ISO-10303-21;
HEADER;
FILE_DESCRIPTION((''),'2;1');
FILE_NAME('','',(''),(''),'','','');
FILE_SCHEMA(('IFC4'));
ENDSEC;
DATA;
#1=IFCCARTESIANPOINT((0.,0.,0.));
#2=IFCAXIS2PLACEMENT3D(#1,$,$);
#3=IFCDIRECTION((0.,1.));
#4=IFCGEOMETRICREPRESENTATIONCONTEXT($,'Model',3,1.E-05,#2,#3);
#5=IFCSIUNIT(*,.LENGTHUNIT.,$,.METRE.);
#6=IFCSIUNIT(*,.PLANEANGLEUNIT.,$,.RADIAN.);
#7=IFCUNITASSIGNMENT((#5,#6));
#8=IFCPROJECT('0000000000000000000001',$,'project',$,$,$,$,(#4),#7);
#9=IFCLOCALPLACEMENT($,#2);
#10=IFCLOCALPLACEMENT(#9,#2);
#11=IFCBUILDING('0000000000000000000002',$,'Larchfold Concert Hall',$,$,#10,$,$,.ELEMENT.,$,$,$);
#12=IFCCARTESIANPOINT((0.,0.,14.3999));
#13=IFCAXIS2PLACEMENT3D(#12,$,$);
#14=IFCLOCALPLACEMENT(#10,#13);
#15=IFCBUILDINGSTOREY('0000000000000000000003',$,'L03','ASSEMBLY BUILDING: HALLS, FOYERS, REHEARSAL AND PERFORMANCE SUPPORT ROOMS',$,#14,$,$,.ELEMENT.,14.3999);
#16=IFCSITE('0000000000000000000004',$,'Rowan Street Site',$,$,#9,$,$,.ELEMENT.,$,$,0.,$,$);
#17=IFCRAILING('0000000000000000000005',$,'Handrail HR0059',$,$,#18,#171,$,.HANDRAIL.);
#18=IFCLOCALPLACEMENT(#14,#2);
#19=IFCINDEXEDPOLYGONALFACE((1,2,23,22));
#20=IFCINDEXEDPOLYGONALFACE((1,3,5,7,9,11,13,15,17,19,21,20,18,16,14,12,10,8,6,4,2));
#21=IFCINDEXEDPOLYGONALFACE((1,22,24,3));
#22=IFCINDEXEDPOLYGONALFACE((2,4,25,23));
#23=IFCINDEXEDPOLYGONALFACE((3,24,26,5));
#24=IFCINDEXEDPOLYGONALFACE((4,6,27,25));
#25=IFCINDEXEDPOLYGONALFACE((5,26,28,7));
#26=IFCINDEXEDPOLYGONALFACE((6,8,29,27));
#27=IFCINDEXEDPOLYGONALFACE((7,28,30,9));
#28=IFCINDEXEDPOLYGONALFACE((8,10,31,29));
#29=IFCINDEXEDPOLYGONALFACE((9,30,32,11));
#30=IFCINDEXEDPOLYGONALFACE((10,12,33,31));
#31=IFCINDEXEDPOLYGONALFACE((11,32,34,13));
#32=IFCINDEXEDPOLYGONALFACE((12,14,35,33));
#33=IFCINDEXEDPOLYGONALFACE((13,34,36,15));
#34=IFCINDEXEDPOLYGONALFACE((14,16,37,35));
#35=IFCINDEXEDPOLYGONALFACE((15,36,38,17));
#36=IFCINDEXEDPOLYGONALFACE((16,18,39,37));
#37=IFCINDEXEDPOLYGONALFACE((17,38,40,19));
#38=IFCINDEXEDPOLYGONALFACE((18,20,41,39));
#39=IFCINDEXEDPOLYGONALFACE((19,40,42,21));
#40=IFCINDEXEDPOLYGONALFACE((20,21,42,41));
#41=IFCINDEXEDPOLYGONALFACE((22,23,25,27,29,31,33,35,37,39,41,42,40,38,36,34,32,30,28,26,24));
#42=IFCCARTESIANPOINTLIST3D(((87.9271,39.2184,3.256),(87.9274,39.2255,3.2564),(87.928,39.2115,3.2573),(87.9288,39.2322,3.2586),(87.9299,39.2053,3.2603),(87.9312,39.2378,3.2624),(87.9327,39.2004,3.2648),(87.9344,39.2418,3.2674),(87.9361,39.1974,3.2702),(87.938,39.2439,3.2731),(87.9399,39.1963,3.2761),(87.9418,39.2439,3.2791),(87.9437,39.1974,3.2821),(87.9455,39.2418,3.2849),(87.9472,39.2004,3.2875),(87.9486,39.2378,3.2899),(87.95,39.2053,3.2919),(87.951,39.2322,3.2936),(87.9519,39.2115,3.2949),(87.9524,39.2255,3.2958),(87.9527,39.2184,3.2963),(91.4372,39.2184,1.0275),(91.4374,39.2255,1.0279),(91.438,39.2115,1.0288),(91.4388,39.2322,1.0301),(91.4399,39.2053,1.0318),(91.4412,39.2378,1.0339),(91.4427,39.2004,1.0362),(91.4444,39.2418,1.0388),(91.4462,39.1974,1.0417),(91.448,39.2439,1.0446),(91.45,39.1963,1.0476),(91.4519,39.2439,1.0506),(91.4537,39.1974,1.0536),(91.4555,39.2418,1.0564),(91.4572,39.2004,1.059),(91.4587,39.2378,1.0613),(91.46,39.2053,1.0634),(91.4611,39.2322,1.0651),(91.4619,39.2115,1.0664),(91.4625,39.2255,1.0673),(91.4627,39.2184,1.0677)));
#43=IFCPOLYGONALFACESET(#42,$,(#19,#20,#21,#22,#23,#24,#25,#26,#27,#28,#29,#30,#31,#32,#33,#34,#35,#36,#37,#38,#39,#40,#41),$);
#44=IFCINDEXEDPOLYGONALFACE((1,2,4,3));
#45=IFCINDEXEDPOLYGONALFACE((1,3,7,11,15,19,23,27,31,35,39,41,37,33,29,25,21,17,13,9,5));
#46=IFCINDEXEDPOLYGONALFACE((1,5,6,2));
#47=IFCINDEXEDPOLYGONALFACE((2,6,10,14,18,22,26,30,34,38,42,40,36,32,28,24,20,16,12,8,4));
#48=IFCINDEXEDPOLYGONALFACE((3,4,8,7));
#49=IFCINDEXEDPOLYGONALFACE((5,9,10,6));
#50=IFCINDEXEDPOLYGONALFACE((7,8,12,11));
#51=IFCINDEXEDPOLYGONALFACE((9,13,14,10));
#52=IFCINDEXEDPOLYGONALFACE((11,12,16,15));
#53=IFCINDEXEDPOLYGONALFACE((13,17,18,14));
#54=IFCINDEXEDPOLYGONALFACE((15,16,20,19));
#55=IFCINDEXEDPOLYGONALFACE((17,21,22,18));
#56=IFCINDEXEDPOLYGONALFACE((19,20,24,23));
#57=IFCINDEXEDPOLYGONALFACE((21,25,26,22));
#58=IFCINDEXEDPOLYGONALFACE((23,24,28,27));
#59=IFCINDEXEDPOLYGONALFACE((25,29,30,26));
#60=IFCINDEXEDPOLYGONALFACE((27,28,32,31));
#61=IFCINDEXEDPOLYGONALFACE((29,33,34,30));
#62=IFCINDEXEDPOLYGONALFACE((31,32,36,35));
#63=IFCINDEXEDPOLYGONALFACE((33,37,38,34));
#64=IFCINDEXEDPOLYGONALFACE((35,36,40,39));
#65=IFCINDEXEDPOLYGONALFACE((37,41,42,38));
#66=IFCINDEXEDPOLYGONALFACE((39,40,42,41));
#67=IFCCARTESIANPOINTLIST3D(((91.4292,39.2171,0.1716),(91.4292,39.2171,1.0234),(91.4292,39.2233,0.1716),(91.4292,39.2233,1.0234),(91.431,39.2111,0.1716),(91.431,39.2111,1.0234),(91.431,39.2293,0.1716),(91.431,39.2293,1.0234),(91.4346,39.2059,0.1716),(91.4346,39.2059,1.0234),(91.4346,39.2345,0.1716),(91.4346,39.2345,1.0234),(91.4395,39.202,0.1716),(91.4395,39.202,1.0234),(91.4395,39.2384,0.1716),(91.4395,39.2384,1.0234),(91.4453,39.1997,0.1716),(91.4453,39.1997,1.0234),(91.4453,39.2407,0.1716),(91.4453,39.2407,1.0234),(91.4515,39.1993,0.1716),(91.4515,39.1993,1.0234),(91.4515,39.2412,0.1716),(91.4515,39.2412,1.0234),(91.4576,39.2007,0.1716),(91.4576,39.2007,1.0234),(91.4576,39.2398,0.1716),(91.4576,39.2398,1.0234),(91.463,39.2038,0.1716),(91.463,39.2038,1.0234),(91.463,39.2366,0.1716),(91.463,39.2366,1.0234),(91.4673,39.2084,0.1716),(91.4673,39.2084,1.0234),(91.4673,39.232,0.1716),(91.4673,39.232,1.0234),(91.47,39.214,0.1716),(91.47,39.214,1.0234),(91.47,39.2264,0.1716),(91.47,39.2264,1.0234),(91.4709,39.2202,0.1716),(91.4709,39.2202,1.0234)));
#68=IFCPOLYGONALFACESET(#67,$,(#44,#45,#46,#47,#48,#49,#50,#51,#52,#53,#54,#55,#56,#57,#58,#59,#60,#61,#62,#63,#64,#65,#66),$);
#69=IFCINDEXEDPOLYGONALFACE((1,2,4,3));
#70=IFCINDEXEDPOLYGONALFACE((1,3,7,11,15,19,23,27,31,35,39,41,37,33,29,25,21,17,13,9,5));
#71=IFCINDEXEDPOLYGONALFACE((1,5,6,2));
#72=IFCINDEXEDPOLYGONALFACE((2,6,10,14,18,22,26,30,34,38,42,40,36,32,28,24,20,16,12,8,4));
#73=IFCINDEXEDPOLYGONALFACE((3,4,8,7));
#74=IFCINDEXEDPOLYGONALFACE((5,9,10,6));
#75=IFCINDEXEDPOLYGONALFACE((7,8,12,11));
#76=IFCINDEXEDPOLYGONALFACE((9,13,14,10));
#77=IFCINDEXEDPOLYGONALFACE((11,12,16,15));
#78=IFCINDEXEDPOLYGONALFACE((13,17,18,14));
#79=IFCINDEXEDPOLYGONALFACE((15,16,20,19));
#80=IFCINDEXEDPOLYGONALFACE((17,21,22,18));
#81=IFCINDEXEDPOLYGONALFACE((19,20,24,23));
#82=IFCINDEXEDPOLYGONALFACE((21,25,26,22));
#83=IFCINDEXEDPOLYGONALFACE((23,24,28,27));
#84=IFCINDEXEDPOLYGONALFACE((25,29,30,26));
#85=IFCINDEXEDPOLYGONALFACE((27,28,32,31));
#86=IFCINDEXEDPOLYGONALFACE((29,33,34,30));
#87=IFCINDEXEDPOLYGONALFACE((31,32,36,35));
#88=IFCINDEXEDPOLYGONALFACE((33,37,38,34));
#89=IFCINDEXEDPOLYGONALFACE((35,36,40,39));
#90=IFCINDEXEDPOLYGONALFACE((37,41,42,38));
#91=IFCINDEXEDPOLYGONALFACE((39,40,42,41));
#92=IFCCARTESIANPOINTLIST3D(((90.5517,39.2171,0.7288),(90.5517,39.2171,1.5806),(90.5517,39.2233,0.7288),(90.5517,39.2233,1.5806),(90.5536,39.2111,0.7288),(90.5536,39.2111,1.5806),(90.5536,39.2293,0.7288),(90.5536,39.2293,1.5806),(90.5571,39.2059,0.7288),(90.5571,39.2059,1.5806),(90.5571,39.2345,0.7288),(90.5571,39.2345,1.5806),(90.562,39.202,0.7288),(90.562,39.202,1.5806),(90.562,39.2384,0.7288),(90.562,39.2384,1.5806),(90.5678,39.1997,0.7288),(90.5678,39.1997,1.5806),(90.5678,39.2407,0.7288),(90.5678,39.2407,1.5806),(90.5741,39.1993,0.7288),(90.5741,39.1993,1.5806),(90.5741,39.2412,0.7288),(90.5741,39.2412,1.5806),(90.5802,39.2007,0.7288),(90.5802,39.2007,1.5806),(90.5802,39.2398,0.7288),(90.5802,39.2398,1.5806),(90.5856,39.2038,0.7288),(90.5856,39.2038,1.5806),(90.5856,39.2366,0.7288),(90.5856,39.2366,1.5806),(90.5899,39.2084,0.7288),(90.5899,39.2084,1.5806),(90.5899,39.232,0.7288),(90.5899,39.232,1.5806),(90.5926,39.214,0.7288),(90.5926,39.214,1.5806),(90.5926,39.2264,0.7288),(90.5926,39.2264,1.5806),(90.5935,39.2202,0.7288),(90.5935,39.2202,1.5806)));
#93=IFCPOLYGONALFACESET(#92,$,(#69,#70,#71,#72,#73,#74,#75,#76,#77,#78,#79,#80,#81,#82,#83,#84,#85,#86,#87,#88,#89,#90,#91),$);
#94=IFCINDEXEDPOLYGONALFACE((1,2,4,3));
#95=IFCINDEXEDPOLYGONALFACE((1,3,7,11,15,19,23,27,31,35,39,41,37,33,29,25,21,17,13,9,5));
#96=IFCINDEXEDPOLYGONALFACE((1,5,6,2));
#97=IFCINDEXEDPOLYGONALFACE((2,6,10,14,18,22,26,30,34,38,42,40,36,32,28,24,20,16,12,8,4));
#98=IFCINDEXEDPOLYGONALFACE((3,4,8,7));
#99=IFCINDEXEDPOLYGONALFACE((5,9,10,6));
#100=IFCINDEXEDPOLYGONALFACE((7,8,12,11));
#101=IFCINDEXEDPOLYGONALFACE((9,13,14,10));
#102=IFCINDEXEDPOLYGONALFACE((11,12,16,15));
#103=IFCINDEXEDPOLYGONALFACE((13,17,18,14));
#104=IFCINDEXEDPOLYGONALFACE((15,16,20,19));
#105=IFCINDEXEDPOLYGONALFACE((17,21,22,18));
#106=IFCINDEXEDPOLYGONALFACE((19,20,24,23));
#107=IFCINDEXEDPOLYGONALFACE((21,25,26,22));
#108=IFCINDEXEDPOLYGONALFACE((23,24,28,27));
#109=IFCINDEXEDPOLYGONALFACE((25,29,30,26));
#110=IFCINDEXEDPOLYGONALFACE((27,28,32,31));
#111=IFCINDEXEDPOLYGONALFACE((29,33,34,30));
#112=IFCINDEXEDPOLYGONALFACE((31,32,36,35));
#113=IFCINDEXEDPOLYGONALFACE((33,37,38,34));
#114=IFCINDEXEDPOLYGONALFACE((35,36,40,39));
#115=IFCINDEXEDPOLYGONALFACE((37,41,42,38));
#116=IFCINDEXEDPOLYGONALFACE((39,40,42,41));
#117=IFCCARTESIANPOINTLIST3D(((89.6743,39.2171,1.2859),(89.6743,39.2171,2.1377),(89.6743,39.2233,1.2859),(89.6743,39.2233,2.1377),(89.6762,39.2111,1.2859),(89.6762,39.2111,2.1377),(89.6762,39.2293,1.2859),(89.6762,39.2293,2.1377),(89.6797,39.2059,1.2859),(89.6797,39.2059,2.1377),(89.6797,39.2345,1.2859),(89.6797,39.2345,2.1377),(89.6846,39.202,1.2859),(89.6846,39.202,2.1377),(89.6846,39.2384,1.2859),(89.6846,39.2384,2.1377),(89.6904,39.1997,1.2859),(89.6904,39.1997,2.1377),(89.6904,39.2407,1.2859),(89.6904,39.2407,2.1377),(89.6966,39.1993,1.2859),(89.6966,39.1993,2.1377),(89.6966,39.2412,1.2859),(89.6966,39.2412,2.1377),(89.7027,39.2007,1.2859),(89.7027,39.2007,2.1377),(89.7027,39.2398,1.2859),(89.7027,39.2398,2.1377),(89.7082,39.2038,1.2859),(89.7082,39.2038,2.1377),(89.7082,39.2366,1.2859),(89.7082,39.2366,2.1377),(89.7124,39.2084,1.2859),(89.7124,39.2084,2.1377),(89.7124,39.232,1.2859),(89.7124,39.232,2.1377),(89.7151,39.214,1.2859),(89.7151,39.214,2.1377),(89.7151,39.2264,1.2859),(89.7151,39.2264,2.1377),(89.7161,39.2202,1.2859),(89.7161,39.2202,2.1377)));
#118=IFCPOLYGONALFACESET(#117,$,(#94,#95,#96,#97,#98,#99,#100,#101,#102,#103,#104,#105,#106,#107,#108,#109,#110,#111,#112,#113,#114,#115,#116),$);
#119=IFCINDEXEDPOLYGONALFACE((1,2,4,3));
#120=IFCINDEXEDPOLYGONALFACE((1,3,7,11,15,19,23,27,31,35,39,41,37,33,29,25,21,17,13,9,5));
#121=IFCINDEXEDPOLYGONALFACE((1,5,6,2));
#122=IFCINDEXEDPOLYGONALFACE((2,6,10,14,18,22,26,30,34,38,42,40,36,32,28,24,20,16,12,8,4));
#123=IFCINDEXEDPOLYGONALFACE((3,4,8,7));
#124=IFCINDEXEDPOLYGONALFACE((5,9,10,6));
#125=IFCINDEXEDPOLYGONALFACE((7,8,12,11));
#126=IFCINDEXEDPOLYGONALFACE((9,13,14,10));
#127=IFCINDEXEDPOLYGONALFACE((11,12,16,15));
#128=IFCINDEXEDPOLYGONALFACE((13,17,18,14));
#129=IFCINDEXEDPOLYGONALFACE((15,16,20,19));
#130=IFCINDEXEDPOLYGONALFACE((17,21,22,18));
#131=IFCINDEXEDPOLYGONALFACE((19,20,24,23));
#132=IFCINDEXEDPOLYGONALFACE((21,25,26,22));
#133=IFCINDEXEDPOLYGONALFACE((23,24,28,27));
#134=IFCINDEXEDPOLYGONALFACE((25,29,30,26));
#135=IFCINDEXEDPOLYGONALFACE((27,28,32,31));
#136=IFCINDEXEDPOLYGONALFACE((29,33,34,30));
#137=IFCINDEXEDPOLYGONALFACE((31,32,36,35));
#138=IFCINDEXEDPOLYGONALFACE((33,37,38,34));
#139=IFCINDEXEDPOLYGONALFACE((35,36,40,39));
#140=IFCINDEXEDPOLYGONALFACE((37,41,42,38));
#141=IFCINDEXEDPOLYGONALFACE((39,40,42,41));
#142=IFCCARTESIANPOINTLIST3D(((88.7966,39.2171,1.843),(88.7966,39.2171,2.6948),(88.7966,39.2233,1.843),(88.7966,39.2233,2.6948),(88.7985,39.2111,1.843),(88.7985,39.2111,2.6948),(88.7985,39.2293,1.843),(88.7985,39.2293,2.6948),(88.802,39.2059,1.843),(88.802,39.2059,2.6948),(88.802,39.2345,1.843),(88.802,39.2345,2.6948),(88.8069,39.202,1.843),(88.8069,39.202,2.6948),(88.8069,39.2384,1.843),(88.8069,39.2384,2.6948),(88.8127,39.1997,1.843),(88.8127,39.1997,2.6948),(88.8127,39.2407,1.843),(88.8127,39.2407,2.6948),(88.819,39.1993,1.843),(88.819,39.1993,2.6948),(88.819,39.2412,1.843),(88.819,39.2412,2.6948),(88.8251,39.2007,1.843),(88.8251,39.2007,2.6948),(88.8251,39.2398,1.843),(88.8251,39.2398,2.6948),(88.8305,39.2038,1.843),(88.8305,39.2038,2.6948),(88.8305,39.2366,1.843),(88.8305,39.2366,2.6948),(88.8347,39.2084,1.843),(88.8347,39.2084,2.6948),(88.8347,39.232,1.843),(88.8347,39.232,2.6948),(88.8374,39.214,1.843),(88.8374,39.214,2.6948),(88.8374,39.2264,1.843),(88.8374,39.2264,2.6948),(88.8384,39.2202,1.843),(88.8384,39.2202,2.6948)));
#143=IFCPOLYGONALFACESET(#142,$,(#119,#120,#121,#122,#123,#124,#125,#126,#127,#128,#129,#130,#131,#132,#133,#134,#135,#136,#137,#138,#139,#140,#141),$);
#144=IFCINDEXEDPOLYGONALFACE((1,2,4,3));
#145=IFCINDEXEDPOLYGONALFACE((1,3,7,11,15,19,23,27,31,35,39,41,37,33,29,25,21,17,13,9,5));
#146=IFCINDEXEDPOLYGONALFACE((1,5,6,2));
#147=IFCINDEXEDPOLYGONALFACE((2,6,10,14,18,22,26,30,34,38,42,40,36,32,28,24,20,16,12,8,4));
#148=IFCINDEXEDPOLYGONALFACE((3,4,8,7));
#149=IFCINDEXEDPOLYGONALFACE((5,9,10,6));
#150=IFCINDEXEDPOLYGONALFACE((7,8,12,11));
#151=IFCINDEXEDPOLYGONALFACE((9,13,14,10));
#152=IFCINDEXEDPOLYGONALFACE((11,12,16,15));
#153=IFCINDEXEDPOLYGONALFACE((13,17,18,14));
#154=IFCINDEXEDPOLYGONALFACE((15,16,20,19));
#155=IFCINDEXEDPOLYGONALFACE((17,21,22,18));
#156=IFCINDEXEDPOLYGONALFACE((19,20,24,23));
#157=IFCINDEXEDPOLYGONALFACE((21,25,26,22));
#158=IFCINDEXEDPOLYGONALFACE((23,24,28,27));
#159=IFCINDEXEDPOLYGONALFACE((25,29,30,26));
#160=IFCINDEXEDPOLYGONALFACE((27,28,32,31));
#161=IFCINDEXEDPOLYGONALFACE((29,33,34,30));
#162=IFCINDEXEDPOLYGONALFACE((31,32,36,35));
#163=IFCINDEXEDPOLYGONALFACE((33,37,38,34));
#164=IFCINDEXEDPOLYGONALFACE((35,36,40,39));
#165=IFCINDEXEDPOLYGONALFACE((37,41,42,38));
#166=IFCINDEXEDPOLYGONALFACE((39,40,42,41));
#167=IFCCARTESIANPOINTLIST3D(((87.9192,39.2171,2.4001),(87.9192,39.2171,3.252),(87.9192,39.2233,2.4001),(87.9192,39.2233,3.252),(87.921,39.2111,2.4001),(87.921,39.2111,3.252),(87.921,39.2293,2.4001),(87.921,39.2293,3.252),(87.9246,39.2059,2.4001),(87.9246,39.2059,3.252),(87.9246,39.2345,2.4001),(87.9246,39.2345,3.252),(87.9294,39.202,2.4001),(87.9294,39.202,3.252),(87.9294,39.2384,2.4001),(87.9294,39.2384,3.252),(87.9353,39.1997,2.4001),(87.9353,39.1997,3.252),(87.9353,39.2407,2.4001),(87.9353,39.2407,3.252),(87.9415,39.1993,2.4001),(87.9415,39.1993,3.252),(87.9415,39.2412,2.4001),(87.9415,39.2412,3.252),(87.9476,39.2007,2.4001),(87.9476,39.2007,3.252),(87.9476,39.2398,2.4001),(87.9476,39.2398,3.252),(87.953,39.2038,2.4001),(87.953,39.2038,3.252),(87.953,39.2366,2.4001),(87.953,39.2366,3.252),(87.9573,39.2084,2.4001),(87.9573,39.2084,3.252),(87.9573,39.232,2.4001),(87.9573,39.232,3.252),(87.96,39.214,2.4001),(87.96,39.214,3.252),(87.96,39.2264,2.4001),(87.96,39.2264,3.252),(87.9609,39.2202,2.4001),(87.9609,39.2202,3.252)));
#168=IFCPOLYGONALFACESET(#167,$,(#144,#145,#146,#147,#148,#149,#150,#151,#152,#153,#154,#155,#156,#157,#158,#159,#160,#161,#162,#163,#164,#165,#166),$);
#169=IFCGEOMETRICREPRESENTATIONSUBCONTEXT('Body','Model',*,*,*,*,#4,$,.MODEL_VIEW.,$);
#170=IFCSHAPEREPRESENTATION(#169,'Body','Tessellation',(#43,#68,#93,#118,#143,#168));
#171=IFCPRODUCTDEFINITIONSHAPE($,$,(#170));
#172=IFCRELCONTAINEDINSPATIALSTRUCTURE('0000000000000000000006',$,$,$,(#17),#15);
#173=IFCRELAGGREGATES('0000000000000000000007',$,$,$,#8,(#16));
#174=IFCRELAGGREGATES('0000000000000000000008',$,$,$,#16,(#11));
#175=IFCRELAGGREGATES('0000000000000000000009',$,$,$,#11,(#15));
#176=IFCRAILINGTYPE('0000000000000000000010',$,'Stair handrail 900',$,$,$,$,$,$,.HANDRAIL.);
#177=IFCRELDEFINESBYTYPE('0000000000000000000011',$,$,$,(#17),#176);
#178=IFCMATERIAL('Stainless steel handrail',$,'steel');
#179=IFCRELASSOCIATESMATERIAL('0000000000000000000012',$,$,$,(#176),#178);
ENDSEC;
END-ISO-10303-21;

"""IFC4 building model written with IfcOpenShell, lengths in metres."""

from ifc_helpers import new_model, si_unit, direction, frame, origin, origin_2d, place, context, subcontext, project, spatial, circle, extrude, material, type_object, element, save


model = new_model("IFC4")

# Units and contexts
model_context = context("Model", 3, precision=1e-05, world=origin(), true_north=direction((0.0, 1.0)))
body_context = subcontext(model_context, "Body", "Model", "MODEL_VIEW")
ifc_project = project(units=[si_unit("LENGTHUNIT", "METRE"), si_unit("PLANEANGLEUNIT", "RADIAN")], contexts=[model_context])

# Site, building, storey
site_placement = place(None, origin())
site = spatial("IfcSite", under=ifc_project, at=site_placement, Name="Rowan Street Site", CompositionType="ELEMENT", RefElevation=0.0)
building_placement = place(site_placement, origin())
building = spatial("IfcBuilding", under=site, at=building_placement, Name="Larchfold Concert Hall", CompositionType="ELEMENT")
storey_placement = place(building_placement, frame((0.0, 0.0, 14.3999)))
storey = spatial("IfcBuildingStorey", under=building, at=storey_placement, Name="L03", Description="ASSEMBLY BUILDING: HALLS, FOYERS, REHEARSAL AND PERFORMANCE SUPPORT ROOMS", CompositionType="ELEMENT", Elevation=14.3999)

# Railing
ifc_material_1 = material(Name="Stainless steel handrail", Category="steel")
railing_type_1 = type_object("IfcRailingType", Name="Stair handrail 900", PredefinedType="HANDRAIL", material=ifc_material_1)
railing_1_placement = place(storey_placement, frame((91.45, 39.2202, 0.1716)))
element("IfcRailing", 1, at=railing_1_placement, inside=storey, type_object=railing_type_1, Name="Handrail HR0059", PredefinedType="HANDRAIL", context=body_context, shape_type="SweptSolid", body=[
    extrude(circle(Radius=0.0239, at=origin_2d()), frame((0.0, 0.0, 0.876), z_axis=(-0.84422, 0.0, 0.535998), x_axis=(0.0, -1.0, 0.0)), (0.0, 0.0, 1.0), 4.1577),
    extrude(circle(Radius=0.021, at=origin_2d()), origin(), (0.0, 0.0, 1.0), 0.8518),
    extrude(circle(Radius=0.021, at=origin_2d()), frame((-0.8774, 0.0, 0.5571)), (0.0, 0.0, 1.0), 0.8518),
    extrude(circle(Radius=0.021, at=origin_2d()), frame((-1.7549, 0.0, 1.1143)), (0.0, 0.0, 1.0), 0.8518),
    extrude(circle(Radius=0.021, at=origin_2d()), frame((-2.6326, 0.0, 1.6714)), (0.0, 0.0, 1.0), 0.8518),
    extrude(circle(Radius=0.021, at=origin_2d()), frame((-3.51, 0.0, 2.2285)), (0.0, 0.0, 1.0), 0.8518),
])

save(model, "model.ifc")
